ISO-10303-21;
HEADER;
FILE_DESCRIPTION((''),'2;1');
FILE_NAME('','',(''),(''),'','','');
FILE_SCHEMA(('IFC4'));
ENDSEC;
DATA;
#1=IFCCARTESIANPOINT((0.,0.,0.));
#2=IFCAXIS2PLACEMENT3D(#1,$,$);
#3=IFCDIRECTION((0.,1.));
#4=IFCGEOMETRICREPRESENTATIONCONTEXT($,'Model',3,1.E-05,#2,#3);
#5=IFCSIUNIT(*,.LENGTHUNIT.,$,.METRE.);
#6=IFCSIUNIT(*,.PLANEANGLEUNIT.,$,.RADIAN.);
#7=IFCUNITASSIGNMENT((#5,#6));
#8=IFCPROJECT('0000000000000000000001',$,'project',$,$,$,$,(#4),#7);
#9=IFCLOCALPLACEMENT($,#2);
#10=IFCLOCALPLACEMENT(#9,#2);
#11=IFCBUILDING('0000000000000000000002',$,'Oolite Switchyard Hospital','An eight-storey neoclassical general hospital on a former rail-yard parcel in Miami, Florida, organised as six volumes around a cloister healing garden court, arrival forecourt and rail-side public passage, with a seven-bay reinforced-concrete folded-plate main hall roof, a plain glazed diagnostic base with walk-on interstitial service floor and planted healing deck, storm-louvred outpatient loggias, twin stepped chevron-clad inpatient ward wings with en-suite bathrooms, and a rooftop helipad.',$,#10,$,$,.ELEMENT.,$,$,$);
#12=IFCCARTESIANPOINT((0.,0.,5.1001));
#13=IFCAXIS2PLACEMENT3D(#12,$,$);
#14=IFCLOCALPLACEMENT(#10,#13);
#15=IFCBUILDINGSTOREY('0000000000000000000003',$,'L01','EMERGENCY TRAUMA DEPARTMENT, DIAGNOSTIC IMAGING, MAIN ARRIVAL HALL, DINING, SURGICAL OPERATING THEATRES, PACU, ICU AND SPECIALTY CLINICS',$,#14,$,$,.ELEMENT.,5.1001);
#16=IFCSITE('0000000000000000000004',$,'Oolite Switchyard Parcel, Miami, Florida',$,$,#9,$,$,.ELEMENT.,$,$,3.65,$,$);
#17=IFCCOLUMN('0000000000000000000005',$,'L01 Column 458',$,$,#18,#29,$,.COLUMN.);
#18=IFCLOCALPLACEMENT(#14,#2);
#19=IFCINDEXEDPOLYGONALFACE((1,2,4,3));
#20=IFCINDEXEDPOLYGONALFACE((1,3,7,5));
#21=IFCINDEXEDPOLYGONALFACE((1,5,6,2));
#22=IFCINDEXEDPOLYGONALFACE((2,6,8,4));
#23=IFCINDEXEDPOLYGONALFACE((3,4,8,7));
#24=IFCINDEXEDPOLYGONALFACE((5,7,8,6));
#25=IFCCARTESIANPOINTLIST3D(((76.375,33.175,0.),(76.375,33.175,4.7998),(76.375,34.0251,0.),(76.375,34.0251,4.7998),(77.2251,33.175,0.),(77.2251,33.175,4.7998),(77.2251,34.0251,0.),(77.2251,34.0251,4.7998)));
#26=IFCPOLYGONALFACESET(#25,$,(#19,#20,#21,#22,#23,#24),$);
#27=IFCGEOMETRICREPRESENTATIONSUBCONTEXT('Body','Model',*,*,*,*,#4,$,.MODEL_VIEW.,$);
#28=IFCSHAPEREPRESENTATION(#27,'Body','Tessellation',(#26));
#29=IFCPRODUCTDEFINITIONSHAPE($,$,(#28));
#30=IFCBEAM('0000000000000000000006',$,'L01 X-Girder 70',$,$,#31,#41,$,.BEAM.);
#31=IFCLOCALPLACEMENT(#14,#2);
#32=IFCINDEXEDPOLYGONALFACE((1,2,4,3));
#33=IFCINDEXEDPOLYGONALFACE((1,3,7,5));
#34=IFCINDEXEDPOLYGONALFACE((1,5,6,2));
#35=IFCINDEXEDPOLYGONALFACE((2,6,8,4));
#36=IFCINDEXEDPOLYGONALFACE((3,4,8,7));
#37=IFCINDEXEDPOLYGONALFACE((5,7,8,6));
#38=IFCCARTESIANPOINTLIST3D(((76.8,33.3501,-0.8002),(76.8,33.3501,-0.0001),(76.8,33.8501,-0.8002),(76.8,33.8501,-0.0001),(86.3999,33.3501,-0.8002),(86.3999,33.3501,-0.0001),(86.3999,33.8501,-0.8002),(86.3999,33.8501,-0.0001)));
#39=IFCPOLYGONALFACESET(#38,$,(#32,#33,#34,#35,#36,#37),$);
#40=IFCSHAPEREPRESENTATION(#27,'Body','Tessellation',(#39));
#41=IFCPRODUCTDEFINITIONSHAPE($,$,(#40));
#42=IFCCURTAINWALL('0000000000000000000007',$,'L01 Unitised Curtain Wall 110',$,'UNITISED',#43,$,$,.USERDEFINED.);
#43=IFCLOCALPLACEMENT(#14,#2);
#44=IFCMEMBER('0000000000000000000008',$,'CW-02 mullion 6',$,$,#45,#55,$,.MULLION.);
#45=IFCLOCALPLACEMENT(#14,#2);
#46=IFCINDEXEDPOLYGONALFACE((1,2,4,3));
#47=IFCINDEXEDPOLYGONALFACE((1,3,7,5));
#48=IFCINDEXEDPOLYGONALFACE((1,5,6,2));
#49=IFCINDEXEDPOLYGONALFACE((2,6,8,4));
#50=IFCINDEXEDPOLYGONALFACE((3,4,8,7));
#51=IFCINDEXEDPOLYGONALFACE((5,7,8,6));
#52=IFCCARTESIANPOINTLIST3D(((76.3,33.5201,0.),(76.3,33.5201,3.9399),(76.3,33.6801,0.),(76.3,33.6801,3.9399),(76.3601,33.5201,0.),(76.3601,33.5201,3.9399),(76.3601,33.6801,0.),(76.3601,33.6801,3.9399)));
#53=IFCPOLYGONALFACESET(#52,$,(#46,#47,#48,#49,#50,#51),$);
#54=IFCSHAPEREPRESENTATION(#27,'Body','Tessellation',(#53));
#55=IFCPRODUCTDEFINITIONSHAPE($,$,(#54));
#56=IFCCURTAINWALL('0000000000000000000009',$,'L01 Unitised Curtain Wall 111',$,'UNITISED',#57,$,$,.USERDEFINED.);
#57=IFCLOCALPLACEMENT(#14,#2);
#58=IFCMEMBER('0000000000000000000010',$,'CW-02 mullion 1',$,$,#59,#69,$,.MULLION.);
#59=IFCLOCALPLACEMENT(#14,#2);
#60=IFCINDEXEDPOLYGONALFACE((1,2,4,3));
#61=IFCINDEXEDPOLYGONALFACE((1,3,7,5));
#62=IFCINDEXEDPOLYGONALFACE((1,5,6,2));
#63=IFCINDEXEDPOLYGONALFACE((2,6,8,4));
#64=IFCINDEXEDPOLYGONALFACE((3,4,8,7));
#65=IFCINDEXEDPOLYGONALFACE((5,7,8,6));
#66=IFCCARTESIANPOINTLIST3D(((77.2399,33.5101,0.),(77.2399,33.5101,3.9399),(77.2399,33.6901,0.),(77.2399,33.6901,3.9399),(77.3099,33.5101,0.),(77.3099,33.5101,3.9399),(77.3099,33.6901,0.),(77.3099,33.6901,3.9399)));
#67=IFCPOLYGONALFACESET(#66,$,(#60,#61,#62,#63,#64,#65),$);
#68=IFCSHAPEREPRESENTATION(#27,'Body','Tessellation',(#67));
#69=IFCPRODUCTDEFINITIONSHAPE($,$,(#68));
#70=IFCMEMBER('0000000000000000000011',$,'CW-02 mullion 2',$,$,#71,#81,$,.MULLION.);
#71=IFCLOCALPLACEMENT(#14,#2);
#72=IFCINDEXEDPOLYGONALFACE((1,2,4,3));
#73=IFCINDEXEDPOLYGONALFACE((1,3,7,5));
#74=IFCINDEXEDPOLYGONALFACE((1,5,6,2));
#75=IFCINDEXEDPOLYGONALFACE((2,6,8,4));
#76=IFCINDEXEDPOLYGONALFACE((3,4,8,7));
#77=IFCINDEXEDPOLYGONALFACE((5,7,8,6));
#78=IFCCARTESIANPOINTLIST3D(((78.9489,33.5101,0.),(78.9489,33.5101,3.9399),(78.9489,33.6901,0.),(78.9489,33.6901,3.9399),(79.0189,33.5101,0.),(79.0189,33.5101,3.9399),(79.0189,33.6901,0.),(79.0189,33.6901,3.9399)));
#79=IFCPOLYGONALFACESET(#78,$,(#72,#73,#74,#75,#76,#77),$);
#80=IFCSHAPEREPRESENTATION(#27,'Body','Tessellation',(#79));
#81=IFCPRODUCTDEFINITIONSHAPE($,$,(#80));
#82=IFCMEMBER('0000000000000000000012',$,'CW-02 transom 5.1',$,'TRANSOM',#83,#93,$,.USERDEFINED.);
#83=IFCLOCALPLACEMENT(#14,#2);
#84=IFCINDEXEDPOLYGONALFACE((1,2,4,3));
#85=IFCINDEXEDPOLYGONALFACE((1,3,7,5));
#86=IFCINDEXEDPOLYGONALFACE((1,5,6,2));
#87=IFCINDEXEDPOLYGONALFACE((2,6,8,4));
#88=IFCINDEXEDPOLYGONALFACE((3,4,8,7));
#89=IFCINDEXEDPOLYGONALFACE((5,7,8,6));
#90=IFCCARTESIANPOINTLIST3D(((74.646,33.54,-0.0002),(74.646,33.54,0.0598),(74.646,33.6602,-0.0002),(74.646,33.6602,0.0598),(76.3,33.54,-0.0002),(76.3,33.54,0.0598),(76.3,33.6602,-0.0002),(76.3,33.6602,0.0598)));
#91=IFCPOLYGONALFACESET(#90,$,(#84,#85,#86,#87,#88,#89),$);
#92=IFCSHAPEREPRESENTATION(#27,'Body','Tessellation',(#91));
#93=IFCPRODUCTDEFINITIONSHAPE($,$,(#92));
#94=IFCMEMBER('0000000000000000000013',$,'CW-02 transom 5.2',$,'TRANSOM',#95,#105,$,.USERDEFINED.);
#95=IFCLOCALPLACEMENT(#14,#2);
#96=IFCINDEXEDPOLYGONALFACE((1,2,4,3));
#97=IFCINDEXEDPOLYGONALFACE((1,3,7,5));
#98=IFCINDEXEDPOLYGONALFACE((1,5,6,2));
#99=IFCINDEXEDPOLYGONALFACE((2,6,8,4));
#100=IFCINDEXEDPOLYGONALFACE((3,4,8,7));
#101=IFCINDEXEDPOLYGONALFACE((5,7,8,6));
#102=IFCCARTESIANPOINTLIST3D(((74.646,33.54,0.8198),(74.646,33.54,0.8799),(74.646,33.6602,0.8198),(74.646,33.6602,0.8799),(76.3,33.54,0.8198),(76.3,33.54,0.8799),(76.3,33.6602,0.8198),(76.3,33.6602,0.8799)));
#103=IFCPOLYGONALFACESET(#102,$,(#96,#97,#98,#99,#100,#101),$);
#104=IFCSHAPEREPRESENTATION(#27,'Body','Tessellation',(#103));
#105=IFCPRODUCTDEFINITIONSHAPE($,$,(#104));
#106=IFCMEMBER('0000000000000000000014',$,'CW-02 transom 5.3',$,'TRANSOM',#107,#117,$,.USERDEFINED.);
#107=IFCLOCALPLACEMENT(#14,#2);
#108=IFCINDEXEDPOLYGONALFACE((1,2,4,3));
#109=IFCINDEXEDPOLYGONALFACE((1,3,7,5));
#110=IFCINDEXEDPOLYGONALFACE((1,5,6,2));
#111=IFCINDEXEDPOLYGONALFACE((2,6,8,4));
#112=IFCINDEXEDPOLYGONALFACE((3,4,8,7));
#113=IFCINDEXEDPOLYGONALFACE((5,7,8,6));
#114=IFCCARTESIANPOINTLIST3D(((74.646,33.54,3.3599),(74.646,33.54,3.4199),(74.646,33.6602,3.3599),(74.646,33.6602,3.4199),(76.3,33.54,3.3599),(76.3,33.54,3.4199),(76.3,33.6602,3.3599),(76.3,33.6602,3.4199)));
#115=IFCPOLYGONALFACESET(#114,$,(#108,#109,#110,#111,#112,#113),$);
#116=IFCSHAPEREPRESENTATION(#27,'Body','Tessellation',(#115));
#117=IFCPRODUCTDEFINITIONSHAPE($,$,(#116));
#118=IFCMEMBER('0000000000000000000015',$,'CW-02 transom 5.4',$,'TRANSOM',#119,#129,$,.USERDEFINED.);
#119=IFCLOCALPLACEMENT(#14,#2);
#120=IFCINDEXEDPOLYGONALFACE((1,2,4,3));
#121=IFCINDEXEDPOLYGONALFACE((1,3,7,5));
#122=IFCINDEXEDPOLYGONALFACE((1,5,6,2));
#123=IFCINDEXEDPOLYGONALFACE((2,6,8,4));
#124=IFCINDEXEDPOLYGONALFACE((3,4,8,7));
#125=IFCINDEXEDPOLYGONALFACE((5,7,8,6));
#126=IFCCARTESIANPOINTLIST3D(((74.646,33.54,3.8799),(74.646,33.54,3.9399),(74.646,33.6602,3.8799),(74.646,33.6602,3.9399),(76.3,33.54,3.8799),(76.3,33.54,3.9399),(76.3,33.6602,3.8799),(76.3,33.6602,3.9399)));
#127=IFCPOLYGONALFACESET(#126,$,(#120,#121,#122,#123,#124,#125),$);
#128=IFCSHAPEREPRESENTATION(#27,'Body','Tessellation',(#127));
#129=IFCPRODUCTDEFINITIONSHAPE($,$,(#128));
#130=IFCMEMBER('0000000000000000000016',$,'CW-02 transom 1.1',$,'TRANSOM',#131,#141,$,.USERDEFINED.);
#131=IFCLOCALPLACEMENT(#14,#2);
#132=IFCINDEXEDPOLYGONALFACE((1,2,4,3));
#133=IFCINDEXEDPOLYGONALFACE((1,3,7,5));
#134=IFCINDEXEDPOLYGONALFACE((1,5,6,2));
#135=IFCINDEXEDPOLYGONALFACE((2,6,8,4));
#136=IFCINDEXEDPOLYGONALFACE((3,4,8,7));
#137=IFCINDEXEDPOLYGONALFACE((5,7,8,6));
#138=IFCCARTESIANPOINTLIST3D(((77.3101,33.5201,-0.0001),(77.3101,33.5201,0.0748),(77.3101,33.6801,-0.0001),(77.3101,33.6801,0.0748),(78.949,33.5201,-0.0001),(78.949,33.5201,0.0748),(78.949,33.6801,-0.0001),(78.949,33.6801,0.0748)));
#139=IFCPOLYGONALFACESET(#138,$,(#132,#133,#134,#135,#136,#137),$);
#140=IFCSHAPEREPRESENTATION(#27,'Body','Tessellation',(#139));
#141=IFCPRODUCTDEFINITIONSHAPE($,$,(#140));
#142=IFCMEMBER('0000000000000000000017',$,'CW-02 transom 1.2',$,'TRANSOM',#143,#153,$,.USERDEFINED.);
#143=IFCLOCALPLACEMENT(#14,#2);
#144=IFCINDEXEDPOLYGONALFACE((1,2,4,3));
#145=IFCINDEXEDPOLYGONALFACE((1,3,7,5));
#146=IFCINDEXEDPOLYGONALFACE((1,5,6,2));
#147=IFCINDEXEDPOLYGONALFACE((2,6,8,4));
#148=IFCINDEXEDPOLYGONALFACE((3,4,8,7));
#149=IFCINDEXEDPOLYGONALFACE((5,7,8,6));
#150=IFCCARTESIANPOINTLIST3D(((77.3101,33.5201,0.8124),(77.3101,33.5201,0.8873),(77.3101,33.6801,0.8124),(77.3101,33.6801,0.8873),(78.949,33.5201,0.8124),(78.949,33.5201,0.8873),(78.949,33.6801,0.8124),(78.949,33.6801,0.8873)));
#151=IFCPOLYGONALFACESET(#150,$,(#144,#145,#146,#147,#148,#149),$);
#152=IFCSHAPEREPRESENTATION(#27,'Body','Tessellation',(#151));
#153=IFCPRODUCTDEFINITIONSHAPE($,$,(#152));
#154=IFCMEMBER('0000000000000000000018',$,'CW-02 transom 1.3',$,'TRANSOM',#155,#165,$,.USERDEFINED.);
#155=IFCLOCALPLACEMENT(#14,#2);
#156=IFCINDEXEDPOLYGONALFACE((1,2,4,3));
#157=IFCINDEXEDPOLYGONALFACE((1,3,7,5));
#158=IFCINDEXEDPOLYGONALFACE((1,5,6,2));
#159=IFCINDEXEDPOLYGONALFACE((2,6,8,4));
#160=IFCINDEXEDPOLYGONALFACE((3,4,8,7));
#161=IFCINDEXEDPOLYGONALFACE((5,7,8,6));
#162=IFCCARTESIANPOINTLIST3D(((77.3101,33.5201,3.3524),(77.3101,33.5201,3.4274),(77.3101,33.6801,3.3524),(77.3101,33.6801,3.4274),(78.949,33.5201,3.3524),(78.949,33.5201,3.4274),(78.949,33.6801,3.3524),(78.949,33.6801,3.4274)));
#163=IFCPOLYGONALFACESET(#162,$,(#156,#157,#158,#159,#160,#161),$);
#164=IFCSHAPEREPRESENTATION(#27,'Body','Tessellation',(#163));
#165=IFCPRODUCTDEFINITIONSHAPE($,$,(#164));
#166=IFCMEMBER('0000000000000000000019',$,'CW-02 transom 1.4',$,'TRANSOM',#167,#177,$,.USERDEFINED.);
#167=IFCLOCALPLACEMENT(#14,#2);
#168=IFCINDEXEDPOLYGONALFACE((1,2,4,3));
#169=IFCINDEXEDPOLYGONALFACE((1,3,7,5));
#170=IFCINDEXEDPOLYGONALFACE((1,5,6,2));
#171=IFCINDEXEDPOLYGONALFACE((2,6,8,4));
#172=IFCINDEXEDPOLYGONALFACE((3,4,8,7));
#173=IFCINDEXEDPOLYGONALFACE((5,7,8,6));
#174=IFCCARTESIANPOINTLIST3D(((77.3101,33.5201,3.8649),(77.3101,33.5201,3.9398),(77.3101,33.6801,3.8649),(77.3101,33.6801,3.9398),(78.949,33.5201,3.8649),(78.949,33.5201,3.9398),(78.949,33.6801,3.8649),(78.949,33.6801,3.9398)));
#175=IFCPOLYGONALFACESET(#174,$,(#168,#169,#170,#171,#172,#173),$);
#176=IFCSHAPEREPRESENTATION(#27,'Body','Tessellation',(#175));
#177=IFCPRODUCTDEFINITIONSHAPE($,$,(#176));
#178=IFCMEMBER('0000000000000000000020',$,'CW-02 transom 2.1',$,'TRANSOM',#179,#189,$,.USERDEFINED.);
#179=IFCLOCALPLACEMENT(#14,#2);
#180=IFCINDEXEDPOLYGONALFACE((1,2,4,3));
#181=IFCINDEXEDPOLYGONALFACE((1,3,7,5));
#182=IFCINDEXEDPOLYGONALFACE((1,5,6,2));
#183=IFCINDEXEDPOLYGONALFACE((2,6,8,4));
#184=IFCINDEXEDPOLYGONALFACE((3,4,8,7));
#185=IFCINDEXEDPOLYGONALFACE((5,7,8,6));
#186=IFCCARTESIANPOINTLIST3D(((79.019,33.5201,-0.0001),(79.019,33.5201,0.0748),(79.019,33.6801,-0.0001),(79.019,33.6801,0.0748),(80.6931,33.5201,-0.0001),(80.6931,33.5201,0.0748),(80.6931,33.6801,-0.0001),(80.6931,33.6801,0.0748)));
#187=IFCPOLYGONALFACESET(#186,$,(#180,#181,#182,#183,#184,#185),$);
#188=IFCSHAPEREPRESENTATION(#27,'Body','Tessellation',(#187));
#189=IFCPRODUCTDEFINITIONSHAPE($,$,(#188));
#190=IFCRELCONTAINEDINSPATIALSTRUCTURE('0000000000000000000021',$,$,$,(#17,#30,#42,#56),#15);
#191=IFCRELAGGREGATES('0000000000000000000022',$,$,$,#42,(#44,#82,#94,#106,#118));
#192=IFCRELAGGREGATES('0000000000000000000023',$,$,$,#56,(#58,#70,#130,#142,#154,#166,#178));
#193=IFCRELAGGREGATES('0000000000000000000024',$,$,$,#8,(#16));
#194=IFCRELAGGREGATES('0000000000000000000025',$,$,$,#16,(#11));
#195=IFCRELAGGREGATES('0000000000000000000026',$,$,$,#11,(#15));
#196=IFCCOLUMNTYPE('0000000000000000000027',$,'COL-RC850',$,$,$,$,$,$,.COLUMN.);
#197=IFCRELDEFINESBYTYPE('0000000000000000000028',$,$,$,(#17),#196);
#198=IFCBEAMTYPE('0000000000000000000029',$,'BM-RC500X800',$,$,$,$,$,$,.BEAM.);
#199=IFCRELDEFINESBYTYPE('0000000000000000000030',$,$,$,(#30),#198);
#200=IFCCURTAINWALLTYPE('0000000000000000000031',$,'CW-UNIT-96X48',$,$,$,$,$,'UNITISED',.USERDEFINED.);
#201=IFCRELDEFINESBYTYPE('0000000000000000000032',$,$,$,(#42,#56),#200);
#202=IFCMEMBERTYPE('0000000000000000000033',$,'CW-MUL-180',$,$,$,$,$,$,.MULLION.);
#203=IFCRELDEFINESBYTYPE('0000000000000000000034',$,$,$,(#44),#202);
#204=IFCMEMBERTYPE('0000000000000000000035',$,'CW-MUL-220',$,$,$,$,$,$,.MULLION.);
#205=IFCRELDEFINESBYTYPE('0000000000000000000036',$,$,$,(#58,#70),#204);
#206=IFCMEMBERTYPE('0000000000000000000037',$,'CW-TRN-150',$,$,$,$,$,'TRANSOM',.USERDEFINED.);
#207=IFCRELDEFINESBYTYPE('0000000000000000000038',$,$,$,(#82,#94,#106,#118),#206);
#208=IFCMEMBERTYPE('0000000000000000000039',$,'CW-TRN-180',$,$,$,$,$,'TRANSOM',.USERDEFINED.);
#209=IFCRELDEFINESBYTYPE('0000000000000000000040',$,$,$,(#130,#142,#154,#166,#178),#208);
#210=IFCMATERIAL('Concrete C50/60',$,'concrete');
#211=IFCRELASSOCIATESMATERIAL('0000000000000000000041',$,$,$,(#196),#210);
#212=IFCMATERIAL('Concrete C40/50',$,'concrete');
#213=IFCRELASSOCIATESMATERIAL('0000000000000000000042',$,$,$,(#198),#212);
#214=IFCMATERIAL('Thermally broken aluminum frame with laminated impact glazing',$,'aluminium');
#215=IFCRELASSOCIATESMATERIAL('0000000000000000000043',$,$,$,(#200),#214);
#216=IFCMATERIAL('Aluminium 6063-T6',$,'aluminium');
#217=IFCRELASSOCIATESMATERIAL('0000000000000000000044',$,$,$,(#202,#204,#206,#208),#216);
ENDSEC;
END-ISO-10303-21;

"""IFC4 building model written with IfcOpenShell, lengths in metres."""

from ifc_helpers import new_model, si_unit, direction, frame, origin, origin_2d, place, context, subcontext, project, spatial, rectangle, extrude, material, material_profile, profile_set, type_object, element, aggregate, save


model = new_model("IFC4")

# Units and contexts
model_context = context("Model", 3, precision=1e-05, world=origin(), true_north=direction((0.0, 1.0)))
body_context = subcontext(model_context, "Body", "Model", "MODEL_VIEW")
ifc_project = project(units=[si_unit("LENGTHUNIT", "METRE"), si_unit("PLANEANGLEUNIT", "RADIAN")], contexts=[model_context])

# Site, building, storey
site_placement = place(None, origin())
site = spatial("IfcSite", under=ifc_project, at=site_placement, Name="Oolite Switchyard Parcel, Miami, Florida", CompositionType="ELEMENT", RefElevation=3.65)
building_placement = place(site_placement, origin())
building = spatial("IfcBuilding", under=site, at=building_placement, Name="Oolite Switchyard Hospital", Description="An eight-storey neoclassical general hospital on a former rail-yard parcel in Miami, Florida, organised as six volumes around a cloister healing garden court, arrival forecourt and rail-side public passage, with a seven-bay reinforced-concrete folded-plate main hall roof, a plain glazed diagnostic base with walk-on interstitial service floor and planted healing deck, storm-louvred outpatient loggias, twin stepped chevron-clad inpatient ward wings with en-suite bathrooms, and a rooftop helipad.", CompositionType="ELEMENT")
storey_placement = place(building_placement, frame((0.0, 0.0, 5.1001)))
storey = spatial("IfcBuildingStorey", under=building, at=storey_placement, Name="L01", Description="EMERGENCY TRAUMA DEPARTMENT, DIAGNOSTIC IMAGING, MAIN ARRIVAL HALL, DINING, SURGICAL OPERATING THEATRES, PACU, ICU AND SPECIALTY CLINICS", CompositionType="ELEMENT", Elevation=5.1001)

# Column
ifc_material_1 = material(Name="Concrete C50/60", Category="concrete")
ifc_material_profile_1 = material_profile(ifc_material_1, rectangle(XDim=0.8501, YDim=0.8501, at=origin_2d()), Name="RC850X850")
ifc_profile_set_1 = profile_set([ifc_material_profile_1], Name="Concrete C50/60")
column_type = type_object("IfcColumnType", Name="COL-RC850", PredefinedType="COLUMN", material=ifc_profile_set_1)
column_placement = place(storey_placement, frame((76.8, 33.6001, 0.0), z_axis=(0.0, 0.0, 1.0), x_axis=(1.0, 0.0, 0.0)))
element("IfcColumn", 1, at=column_placement, inside=storey, type_object=column_type, Name="L01 Column 458", PredefinedType="COLUMN", context=body_context, shape_type="SweptSolid", body=[
    extrude(rectangle(XDim=0.8501, YDim=0.8501, at=origin_2d()), origin(), (0.0, 0.0, 1.0), 4.7998),
])

# Beam
ifc_material_2 = material(Name="Concrete C40/50", Category="concrete")
ifc_material_profile_2 = material_profile(ifc_material_2, rectangle(XDim=0.5, YDim=0.8, at=origin_2d()), Name="RCB500X800")
ifc_profile_set_2 = profile_set([ifc_material_profile_2], Name="Concrete C40/50")
beam_type = type_object("IfcBeamType", Name="BM-RC500X800", PredefinedType="BEAM", material=ifc_profile_set_2)
beam_placement = place(storey_placement, frame((76.8, 33.6001, -0.4001), z_axis=(1.0, 0.0, 0.0), x_axis=(0.0, 1.0, 0.0)))
element("IfcBeam", 2, at=beam_placement, inside=storey, type_object=beam_type, Name="L01 X-Girder 70", PredefinedType="BEAM", context=body_context, shape_type="SweptSolid", body=[
    extrude(rectangle(XDim=0.5, YDim=0.8, at=origin_2d()), origin(), (0.0, 0.0, 1.0), 9.5999),
])

# Curtain wall, member
ifc_material_3 = material(Name="Thermally broken aluminum frame with laminated impact glazing", Category="aluminium")
curtain_wall_type = type_object("IfcCurtainWallType", Name="CW-UNIT-96X48", ElementType="UNITISED", PredefinedType="USERDEFINED", material=ifc_material_3)
curtain_wall_1_placement = place(storey_placement, origin())
curtain_wall_1 = element("IfcCurtainWall", 3, at=curtain_wall_1_placement, inside=storey, type_object=curtain_wall_type, Name="L01 Unitised Curtain Wall 110", ObjectType="UNITISED", PredefinedType="USERDEFINED")
ifc_material_4 = material(Name="Aluminium 6063-T6", Category="aluminium")
ifc_material_profile_3 = material_profile(ifc_material_4, rectangle(XDim=0.1599, YDim=0.0601, at=origin_2d()), Name="CWM60X160")
ifc_profile_set_3 = profile_set([ifc_material_profile_3], Name="Aluminium 6063-T6")
member_type_1 = type_object("IfcMemberType", Name="CW-MUL-180", PredefinedType="MULLION", material=ifc_profile_set_3)
member_1_placement = place(storey_placement, frame((76.3301, 33.6001, 0.0), z_axis=(0.0, 0.0, 1.0), x_axis=(0.0, 1.0, 0.0)))
member_1 = element("IfcMember", 4, at=member_1_placement, type_object=member_type_1, Name="CW-02 mullion 6", PredefinedType="MULLION", context=body_context, shape_type="SweptSolid", body=[
    extrude(rectangle(XDim=0.1599, YDim=0.0601, at=origin_2d()), origin(), (0.0, 0.0, 1.0), 3.9399),
])

# Curtain wall, members
curtain_wall_2_placement = place(storey_placement, origin())
curtain_wall_2 = element("IfcCurtainWall", 5, at=curtain_wall_2_placement, inside=storey, type_object=curtain_wall_type, Name="L01 Unitised Curtain Wall 111", ObjectType="UNITISED", PredefinedType="USERDEFINED")
ifc_material_profile_4 = material_profile(ifc_material_4, rectangle(XDim=0.1799, YDim=0.0701, at=origin_2d()), Name="CWM70X180")
ifc_profile_set_4 = profile_set([ifc_material_profile_4], Name="Aluminium 6063-T6")
member_type_2 = type_object("IfcMemberType", Name="CW-MUL-220", PredefinedType="MULLION", material=ifc_profile_set_4)
member_2_placement = place(storey_placement, frame((77.2749, 33.6001, 0.0), z_axis=(0.0, 0.0, 1.0), x_axis=(0.0, 1.0, 0.0)))
member_2 = element("IfcMember", 6, at=member_2_placement, type_object=member_type_2, Name="CW-02 mullion 1", PredefinedType="MULLION", context=body_context, shape_type="SweptSolid", body=[
    extrude(rectangle(XDim=0.1799, YDim=0.0701, at=origin_2d()), origin(), (0.0, 0.0, 1.0), 3.9399),
])
member_3_placement = place(storey_placement, frame((78.9839, 33.6001, 0.0), z_axis=(0.0, 0.0, 1.0), x_axis=(0.0, 1.0, 0.0)))
member_3 = element("IfcMember", 7, at=member_3_placement, type_object=member_type_2, Name="CW-02 mullion 2", PredefinedType="MULLION", context=body_context, shape_type="SweptSolid", body=[
    extrude(rectangle(XDim=0.1799, YDim=0.0701, at=origin_2d()), origin(), (0.0, 0.0, 1.0), 3.9399),
])

# Members
ifc_material_profile_5 = material_profile(ifc_material_4, rectangle(XDim=0.1201, YDim=0.0601, at=origin_2d()), Name="CWT60X120")
ifc_profile_set_5 = profile_set([ifc_material_profile_5], Name="Aluminium 6063-T6")
member_type_3 = type_object("IfcMemberType", Name="CW-TRN-150", ElementType="TRANSOM", PredefinedType="USERDEFINED", material=ifc_profile_set_5)
member_4_placement = place(storey_placement, frame((74.646, 33.6001, 0.0298), z_axis=(1.0, 0.0, 0.0), x_axis=(0.0, 1.0, 0.0)))
member_4 = element("IfcMember", 8, at=member_4_placement, type_object=member_type_3, Name="CW-02 transom 5.1", ObjectType="TRANSOM", PredefinedType="USERDEFINED", context=body_context, shape_type="SweptSolid", body=[
    extrude(rectangle(XDim=0.1201, YDim=0.0601, at=origin_2d()), origin(), (0.0, 0.0, 1.0), 1.6541),
])
member_5_placement = place(storey_placement, frame((74.646, 33.6001, 0.8499), z_axis=(1.0, 0.0, 0.0), x_axis=(0.0, 1.0, 0.0)))
member_5 = element("IfcMember", 9, at=member_5_placement, type_object=member_type_3, Name="CW-02 transom 5.2", ObjectType="TRANSOM", PredefinedType="USERDEFINED", context=body_context, shape_type="SweptSolid", body=[
    extrude(rectangle(XDim=0.1201, YDim=0.0601, at=origin_2d()), origin(), (0.0, 0.0, 1.0), 1.6541),
])
member_6_placement = place(storey_placement, frame((74.646, 33.6001, 3.3899), z_axis=(1.0, 0.0, 0.0), x_axis=(0.0, 1.0, 0.0)))
member_6 = element("IfcMember", 10, at=member_6_placement, type_object=member_type_3, Name="CW-02 transom 5.3", ObjectType="TRANSOM", PredefinedType="USERDEFINED", context=body_context, shape_type="SweptSolid", body=[
    extrude(rectangle(XDim=0.1201, YDim=0.0601, at=origin_2d()), origin(), (0.0, 0.0, 1.0), 1.6541),
])
member_7_placement = place(storey_placement, frame((74.646, 33.6001, 3.9099), z_axis=(1.0, 0.0, 0.0), x_axis=(0.0, 1.0, 0.0)))
member_7 = element("IfcMember", 11, at=member_7_placement, type_object=member_type_3, Name="CW-02 transom 5.4", ObjectType="TRANSOM", PredefinedType="USERDEFINED", context=body_context, shape_type="SweptSolid", body=[
    extrude(rectangle(XDim=0.1201, YDim=0.0601, at=origin_2d()), origin(), (0.0, 0.0, 1.0), 1.6541),
])
ifc_material_profile_6 = material_profile(ifc_material_4, rectangle(XDim=0.1599, YDim=0.075, at=origin_2d()), Name="CWT75X160")
ifc_profile_set_6 = profile_set([ifc_material_profile_6], Name="Aluminium 6063-T6")
member_type_4 = type_object("IfcMemberType", Name="CW-TRN-180", ElementType="TRANSOM", PredefinedType="USERDEFINED", material=ifc_profile_set_6)
member_8_placement = place(storey_placement, frame((77.3101, 33.6001, 0.0374), z_axis=(1.0, 0.0, 0.0), x_axis=(0.0, 1.0, 0.0)))
member_8 = element("IfcMember", 12, at=member_8_placement, type_object=member_type_4, Name="CW-02 transom 1.1", ObjectType="TRANSOM", PredefinedType="USERDEFINED", context=body_context, shape_type="SweptSolid", body=[
    extrude(rectangle(XDim=0.1599, YDim=0.075, at=origin_2d()), origin(), (0.0, 0.0, 1.0), 1.6389),
])
member_9_placement = place(storey_placement, frame((77.3101, 33.6001, 0.8499), z_axis=(1.0, 0.0, 0.0), x_axis=(0.0, 1.0, 0.0)))
member_9 = element("IfcMember", 13, at=member_9_placement, type_object=member_type_4, Name="CW-02 transom 1.2", ObjectType="TRANSOM", PredefinedType="USERDEFINED", context=body_context, shape_type="SweptSolid", body=[
    extrude(rectangle(XDim=0.1599, YDim=0.075, at=origin_2d()), origin(), (0.0, 0.0, 1.0), 1.6389),
])
member_10_placement = place(storey_placement, frame((77.3101, 33.6001, 3.3899), z_axis=(1.0, 0.0, 0.0), x_axis=(0.0, 1.0, 0.0)))
member_10 = element("IfcMember", 14, at=member_10_placement, type_object=member_type_4, Name="CW-02 transom 1.3", ObjectType="TRANSOM", PredefinedType="USERDEFINED", context=body_context, shape_type="SweptSolid", body=[
    extrude(rectangle(XDim=0.1599, YDim=0.075, at=origin_2d()), origin(), (0.0, 0.0, 1.0), 1.6389),
])
member_11_placement = place(storey_placement, frame((77.3101, 33.6001, 3.9023), z_axis=(1.0, 0.0, 0.0), x_axis=(0.0, 1.0, 0.0)))
member_11 = element("IfcMember", 15, at=member_11_placement, type_object=member_type_4, Name="CW-02 transom 1.4", ObjectType="TRANSOM", PredefinedType="USERDEFINED", context=body_context, shape_type="SweptSolid", body=[
    extrude(rectangle(XDim=0.1599, YDim=0.075, at=origin_2d()), origin(), (0.0, 0.0, 1.0), 1.6389),
])
member_12_placement = place(storey_placement, frame((79.019, 33.6001, 0.0374), z_axis=(1.0, 0.0, 0.0), x_axis=(0.0, 1.0, 0.0)))
member_12 = element("IfcMember", 16, at=member_12_placement, type_object=member_type_4, Name="CW-02 transom 2.1", ObjectType="TRANSOM", PredefinedType="USERDEFINED", context=body_context, shape_type="SweptSolid", body=[
    extrude(rectangle(XDim=0.1599, YDim=0.075, at=origin_2d()), origin(), (0.0, 0.0, 1.0), 1.6741),
])

aggregate(curtain_wall_1, [member_1, member_4, member_5, member_6, member_7])
aggregate(curtain_wall_2, [member_2, member_3, member_8, member_9, member_10, member_11, member_12])

save(model, "model.ifc")
